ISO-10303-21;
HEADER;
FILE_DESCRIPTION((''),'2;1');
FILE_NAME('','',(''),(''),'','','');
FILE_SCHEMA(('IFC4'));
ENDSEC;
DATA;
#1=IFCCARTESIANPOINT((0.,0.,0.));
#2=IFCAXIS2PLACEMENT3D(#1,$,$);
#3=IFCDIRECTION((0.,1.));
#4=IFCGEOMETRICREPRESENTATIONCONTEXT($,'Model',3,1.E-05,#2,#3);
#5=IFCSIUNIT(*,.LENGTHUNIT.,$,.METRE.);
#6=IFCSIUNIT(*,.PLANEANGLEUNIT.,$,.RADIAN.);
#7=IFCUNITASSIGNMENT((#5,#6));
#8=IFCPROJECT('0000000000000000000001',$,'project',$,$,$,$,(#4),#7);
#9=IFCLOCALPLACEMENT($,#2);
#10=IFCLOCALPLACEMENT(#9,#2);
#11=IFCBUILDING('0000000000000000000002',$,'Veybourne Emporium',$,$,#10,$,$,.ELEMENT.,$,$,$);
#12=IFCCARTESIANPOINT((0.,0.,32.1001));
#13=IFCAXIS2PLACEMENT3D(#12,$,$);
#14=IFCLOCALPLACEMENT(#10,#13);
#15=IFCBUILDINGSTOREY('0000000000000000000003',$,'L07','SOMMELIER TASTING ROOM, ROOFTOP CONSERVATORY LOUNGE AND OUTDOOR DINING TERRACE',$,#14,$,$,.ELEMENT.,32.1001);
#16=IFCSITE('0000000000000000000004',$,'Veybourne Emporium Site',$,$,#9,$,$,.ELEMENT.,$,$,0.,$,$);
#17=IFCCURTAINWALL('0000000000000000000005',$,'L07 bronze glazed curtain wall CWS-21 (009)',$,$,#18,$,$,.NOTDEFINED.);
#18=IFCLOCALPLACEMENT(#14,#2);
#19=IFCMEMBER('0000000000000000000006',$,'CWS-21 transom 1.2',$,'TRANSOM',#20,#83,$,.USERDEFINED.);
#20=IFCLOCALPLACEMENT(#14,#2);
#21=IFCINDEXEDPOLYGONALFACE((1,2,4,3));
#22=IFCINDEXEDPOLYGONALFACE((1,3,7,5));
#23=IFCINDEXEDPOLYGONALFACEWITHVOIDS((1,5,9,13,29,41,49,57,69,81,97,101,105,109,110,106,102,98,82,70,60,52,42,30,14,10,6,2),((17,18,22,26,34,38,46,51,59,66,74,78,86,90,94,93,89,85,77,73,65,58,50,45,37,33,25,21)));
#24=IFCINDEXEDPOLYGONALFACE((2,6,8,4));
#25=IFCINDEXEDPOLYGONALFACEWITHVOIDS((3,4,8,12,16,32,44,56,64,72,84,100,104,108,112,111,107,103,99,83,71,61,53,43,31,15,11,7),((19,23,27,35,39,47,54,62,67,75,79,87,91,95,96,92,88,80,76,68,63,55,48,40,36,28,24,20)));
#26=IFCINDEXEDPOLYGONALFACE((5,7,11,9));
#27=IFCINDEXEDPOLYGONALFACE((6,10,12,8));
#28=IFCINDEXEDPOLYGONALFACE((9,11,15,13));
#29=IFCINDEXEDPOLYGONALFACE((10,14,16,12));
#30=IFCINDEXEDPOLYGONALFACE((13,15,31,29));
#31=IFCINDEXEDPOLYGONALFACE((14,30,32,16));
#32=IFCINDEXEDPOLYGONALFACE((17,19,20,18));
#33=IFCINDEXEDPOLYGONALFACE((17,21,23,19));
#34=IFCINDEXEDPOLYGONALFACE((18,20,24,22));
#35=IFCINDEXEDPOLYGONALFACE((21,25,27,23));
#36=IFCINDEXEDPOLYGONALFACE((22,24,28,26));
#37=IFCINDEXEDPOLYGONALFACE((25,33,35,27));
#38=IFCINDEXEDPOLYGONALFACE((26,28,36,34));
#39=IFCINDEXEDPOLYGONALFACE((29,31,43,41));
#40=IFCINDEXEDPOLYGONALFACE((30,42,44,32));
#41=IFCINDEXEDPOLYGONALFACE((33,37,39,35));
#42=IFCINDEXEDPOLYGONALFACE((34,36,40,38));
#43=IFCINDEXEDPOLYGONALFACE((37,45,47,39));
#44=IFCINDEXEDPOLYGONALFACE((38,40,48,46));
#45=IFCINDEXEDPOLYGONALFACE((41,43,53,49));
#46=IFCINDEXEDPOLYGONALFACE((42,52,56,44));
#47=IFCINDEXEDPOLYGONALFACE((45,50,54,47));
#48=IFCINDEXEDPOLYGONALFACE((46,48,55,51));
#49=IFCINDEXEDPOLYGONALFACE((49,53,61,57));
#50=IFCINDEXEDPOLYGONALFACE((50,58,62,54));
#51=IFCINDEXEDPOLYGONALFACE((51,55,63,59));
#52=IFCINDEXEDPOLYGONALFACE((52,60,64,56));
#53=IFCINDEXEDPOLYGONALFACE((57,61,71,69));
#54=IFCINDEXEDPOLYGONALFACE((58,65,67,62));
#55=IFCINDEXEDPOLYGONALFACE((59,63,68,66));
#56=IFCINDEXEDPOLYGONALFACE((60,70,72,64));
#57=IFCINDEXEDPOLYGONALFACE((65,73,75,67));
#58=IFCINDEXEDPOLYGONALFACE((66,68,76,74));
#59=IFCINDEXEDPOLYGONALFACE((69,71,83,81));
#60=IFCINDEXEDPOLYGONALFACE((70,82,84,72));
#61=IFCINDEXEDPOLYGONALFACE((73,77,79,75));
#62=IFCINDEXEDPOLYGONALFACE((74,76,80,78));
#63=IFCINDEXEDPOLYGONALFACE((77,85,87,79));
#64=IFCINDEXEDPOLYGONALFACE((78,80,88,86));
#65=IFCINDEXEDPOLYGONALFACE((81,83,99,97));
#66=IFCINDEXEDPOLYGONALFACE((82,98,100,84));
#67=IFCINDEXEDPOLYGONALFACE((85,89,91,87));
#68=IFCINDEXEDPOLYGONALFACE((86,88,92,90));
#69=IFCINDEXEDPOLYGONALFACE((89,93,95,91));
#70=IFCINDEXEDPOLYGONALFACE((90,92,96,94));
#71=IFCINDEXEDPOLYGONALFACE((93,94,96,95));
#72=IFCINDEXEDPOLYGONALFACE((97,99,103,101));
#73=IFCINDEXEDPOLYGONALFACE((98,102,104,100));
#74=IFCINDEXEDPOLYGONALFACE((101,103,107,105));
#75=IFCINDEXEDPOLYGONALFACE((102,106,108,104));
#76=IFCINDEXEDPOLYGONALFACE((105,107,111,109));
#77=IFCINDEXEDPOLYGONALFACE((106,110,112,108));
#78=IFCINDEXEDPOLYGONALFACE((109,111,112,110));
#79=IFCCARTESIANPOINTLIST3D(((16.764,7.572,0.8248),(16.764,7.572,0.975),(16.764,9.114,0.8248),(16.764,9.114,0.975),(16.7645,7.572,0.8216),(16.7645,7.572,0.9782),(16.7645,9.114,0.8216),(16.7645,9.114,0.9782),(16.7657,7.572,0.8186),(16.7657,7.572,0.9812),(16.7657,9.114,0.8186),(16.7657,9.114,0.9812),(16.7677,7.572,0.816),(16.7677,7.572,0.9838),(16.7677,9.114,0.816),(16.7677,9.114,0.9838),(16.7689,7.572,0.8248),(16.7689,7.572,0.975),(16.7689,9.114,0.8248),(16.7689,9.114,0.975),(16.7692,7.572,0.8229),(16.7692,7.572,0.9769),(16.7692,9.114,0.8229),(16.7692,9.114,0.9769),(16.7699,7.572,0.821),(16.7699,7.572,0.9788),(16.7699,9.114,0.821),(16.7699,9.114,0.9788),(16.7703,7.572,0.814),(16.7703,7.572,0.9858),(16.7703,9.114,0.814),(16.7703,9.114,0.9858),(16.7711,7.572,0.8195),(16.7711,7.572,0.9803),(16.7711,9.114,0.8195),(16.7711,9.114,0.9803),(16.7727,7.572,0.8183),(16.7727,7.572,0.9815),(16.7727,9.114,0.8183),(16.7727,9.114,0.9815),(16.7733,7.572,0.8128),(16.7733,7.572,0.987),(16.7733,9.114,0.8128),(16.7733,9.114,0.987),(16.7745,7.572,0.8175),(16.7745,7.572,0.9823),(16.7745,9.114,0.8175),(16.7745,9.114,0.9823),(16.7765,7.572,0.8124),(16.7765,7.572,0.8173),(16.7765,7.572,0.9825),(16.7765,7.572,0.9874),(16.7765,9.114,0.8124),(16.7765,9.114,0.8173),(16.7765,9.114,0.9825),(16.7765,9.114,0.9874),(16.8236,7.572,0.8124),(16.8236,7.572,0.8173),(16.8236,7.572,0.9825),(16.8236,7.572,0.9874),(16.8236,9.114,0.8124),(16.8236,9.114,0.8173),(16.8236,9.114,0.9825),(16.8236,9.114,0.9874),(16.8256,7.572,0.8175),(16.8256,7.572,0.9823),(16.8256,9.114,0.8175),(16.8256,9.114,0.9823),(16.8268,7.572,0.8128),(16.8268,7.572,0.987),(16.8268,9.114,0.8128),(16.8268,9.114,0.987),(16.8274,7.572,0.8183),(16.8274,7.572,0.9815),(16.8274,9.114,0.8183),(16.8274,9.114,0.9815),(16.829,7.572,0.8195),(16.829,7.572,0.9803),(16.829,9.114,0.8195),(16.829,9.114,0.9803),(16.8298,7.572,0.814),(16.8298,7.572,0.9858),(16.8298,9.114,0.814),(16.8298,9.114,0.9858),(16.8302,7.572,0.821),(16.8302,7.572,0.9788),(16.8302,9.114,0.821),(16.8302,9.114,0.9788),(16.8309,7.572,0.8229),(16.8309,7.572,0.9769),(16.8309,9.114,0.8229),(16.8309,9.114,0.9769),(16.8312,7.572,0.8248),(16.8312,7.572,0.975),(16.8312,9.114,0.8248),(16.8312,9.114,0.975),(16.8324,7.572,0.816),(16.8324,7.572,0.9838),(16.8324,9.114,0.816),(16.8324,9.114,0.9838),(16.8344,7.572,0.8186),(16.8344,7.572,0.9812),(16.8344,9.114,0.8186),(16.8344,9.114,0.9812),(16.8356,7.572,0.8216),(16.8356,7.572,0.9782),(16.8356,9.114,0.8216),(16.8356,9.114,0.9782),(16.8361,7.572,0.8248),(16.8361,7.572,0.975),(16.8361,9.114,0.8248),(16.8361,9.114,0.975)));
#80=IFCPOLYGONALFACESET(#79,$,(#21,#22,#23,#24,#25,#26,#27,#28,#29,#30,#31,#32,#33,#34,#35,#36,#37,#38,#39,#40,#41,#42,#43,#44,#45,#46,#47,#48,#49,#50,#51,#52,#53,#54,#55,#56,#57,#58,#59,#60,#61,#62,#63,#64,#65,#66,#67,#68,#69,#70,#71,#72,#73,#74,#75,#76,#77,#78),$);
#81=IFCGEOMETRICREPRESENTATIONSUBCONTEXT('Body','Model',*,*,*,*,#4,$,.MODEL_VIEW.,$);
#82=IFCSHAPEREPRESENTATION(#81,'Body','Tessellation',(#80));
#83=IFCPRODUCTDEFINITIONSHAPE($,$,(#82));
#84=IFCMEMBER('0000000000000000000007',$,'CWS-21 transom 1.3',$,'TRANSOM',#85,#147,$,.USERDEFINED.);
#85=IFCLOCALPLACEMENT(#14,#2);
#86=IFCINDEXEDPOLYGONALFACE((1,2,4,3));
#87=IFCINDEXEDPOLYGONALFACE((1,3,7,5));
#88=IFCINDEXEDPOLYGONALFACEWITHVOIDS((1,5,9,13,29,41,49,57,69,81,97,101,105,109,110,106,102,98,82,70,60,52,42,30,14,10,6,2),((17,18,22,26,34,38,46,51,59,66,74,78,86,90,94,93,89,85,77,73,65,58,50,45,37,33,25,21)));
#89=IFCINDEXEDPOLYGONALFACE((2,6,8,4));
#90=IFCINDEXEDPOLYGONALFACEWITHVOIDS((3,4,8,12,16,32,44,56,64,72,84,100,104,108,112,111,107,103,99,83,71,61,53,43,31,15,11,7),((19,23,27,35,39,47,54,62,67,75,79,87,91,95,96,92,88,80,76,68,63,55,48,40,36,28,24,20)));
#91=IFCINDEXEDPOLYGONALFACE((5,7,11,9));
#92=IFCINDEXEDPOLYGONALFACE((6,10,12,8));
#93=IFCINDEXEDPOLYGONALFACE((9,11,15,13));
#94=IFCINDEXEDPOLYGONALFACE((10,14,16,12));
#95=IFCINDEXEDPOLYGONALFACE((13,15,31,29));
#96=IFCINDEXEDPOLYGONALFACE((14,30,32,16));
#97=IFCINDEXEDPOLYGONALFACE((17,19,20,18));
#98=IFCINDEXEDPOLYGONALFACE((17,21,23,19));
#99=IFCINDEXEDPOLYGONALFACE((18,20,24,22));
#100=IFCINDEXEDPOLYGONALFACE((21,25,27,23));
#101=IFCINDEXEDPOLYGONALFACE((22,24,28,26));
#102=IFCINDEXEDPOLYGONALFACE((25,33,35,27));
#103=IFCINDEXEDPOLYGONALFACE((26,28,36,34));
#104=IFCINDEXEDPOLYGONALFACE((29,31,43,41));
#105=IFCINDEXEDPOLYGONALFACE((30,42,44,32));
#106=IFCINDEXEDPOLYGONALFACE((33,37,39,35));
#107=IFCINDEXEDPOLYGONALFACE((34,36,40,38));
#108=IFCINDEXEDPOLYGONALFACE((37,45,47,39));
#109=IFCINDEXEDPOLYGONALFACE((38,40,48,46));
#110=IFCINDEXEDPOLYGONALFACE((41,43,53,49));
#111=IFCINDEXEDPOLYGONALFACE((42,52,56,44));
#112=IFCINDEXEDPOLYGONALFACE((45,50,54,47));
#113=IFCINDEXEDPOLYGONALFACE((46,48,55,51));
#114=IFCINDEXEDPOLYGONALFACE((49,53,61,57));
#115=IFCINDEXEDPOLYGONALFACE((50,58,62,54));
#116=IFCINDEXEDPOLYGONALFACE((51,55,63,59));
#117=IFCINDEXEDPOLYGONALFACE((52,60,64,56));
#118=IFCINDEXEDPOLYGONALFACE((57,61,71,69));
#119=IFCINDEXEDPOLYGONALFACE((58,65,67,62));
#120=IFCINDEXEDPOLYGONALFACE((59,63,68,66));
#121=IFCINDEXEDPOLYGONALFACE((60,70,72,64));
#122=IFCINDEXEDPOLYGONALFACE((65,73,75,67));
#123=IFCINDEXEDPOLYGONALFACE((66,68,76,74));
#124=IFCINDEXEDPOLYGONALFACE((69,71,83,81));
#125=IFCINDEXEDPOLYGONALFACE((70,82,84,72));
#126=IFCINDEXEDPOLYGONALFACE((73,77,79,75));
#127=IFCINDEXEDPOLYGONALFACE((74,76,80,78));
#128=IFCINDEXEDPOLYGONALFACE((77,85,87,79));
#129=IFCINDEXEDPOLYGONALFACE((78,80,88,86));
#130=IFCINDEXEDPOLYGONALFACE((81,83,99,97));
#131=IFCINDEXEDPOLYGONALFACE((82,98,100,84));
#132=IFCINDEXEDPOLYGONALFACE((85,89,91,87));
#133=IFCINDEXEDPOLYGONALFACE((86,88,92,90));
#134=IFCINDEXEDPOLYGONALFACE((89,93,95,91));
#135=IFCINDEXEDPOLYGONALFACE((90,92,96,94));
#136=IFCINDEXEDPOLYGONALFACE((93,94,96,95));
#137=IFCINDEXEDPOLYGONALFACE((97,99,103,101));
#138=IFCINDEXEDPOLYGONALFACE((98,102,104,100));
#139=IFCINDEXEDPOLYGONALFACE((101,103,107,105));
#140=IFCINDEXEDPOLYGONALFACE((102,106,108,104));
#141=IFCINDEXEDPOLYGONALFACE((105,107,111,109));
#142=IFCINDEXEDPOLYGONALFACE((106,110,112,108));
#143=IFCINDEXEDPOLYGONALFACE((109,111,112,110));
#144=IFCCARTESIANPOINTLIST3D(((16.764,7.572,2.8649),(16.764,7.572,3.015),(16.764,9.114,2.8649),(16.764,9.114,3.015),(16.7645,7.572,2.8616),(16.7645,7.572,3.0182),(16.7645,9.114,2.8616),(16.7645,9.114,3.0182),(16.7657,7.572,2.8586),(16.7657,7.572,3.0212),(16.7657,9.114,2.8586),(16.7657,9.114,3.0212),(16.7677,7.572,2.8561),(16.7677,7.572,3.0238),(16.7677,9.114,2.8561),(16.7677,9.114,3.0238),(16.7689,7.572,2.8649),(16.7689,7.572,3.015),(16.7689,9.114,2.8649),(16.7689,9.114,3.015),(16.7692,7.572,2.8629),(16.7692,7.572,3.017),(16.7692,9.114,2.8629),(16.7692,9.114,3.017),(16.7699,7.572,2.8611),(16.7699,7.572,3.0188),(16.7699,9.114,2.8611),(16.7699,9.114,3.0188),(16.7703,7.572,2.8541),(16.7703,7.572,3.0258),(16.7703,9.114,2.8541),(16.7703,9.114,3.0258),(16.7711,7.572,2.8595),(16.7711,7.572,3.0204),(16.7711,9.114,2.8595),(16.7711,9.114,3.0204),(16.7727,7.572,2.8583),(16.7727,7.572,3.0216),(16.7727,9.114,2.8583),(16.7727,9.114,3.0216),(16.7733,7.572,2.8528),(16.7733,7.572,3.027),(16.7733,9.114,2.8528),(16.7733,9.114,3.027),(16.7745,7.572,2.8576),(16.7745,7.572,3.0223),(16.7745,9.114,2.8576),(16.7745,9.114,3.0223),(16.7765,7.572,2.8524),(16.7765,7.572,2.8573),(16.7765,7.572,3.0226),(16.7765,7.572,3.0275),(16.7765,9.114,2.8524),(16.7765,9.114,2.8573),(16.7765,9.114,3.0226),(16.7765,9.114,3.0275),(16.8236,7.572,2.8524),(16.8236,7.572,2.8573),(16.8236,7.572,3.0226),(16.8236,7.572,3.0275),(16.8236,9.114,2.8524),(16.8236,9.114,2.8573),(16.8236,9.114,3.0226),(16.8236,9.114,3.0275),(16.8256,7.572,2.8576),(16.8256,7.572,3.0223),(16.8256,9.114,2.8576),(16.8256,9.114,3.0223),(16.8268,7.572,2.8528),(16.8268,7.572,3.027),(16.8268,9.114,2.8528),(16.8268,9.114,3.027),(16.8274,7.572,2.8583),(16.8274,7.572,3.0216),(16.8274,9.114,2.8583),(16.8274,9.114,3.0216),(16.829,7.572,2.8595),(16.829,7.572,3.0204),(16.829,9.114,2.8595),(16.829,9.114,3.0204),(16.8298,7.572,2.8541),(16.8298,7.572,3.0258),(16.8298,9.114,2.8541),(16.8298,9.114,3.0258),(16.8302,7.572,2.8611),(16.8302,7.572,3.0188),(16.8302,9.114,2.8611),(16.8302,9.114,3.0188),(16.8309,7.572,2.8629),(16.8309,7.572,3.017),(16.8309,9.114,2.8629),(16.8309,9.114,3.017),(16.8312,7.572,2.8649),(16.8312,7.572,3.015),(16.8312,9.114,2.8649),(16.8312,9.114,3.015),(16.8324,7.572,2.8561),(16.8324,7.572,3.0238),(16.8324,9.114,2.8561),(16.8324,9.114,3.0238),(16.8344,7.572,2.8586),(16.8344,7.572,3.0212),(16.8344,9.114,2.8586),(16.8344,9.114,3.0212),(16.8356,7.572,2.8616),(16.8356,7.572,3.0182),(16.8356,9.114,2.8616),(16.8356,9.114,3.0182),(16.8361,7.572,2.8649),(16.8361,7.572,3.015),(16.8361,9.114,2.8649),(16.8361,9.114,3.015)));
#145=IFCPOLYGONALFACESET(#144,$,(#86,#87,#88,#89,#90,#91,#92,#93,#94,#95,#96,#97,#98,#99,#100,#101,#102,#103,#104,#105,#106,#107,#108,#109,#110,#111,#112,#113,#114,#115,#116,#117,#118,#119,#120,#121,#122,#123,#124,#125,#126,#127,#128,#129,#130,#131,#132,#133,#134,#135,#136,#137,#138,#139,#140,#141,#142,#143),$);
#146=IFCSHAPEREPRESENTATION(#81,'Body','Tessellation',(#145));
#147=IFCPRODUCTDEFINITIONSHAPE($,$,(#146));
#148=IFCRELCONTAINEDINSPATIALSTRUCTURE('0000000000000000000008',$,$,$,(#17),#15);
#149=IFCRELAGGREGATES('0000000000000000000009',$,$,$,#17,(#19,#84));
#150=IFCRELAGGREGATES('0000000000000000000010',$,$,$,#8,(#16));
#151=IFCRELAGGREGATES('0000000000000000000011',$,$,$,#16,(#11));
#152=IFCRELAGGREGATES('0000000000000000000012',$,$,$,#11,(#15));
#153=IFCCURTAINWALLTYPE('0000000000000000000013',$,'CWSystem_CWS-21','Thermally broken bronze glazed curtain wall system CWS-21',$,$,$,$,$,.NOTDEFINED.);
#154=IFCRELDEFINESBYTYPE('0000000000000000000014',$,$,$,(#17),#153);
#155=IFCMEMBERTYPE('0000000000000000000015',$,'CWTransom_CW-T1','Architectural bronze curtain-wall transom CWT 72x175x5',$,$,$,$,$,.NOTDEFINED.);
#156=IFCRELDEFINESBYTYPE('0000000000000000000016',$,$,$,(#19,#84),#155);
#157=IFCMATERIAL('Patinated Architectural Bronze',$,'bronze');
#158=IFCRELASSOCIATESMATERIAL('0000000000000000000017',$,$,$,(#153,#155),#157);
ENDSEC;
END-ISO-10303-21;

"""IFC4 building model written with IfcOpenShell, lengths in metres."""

from ifc_helpers import new_model, si_unit, direction, frame, origin, origin_2d, place, context, subcontext, project, spatial, hollow_rectangle, extrude, material, material_profile, profile_set, type_object, element, aggregate, save


model = new_model("IFC4")

# Units and contexts
model_context = context("Model", 3, precision=1e-05, world=origin(), true_north=direction((0.0, 1.0)))
body_context = subcontext(model_context, "Body", "Model", "MODEL_VIEW")
ifc_project = project(units=[si_unit("LENGTHUNIT", "METRE"), si_unit("PLANEANGLEUNIT", "RADIAN")], contexts=[model_context])

# Site, building, storey
site_placement = place(None, origin())
site = spatial("IfcSite", under=ifc_project, at=site_placement, Name="Veybourne Emporium Site", CompositionType="ELEMENT", RefElevation=0.0)
building_placement = place(site_placement, origin())
building = spatial("IfcBuilding", under=site, at=building_placement, Name="Veybourne Emporium", CompositionType="ELEMENT")
storey_placement = place(building_placement, frame((0.0, 0.0, 32.1001)))
storey = spatial("IfcBuildingStorey", under=building, at=storey_placement, Name="L07", Description="SOMMELIER TASTING ROOM, ROOFTOP CONSERVATORY LOUNGE AND OUTDOOR DINING TERRACE", CompositionType="ELEMENT", Elevation=32.1001)

# Curtain wall
ifc_material_1 = material(Name="Patinated Architectural Bronze", Category="bronze")
curtain_wall_type_1 = type_object("IfcCurtainWallType", Name="CWSystem_CWS-21", Description="Thermally broken bronze glazed curtain wall system CWS-21", PredefinedType="NOTDEFINED", material=ifc_material_1)
curtain_wall_1_placement = place(storey_placement, origin())
curtain_wall_1 = element("IfcCurtainWall", 1, at=curtain_wall_1_placement, inside=storey, type_object=curtain_wall_type_1, Name="L07 bronze glazed curtain wall CWS-21 (009)", PredefinedType="NOTDEFINED")

# Members
ifc_material_profile_1 = material_profile(ifc_material_1, hollow_rectangle(XDim=0.072, YDim=0.175, WallThickness=0.0049, InnerFilletRadius=0.0076, OuterFilletRadius=0.0125, at=origin_2d()), Name="CWT 72x175x5")
ifc_profile_set_1 = profile_set([ifc_material_profile_1], Name="Patinated Architectural Bronze")
member_type_1 = type_object("IfcMemberType", Name="CWTransom_CW-T1", Description="Architectural bronze curtain-wall transom CWT 72x175x5", PredefinedType="NOTDEFINED", material=ifc_profile_set_1)
member_1_placement = place(storey_placement, frame((16.8, 7.572, 0.8999), z_axis=(0.0, 1.0, 0.0), x_axis=(-1.0, 0.0, 0.0)))
member_1 = element("IfcMember", 2, at=member_1_placement, type_object=member_type_1, Name="CWS-21 transom 1.2", ObjectType="TRANSOM", PredefinedType="USERDEFINED", context=body_context, shape_type="SweptSolid", body=[
    extrude(hollow_rectangle(XDim=0.072, YDim=0.175, WallThickness=0.0049, InnerFilletRadius=0.0076, OuterFilletRadius=0.0125, at=origin_2d()), origin(), (0.0, 0.0, 1.0), 1.542),
])
member_2_placement = place(storey_placement, frame((16.8, 7.572, 2.9399), z_axis=(0.0, 1.0, 0.0), x_axis=(-1.0, 0.0, 0.0)))
member_2 = element("IfcMember", 3, at=member_2_placement, type_object=member_type_1, Name="CWS-21 transom 1.3", ObjectType="TRANSOM", PredefinedType="USERDEFINED", context=body_context, shape_type="SweptSolid", body=[
    extrude(hollow_rectangle(XDim=0.072, YDim=0.175, WallThickness=0.0049, InnerFilletRadius=0.0076, OuterFilletRadius=0.0125, at=origin_2d()), origin(), (0.0, 0.0, 1.0), 1.542),
])

aggregate(curtain_wall_1, [member_1, member_2])

save(model, "model.ifc")
